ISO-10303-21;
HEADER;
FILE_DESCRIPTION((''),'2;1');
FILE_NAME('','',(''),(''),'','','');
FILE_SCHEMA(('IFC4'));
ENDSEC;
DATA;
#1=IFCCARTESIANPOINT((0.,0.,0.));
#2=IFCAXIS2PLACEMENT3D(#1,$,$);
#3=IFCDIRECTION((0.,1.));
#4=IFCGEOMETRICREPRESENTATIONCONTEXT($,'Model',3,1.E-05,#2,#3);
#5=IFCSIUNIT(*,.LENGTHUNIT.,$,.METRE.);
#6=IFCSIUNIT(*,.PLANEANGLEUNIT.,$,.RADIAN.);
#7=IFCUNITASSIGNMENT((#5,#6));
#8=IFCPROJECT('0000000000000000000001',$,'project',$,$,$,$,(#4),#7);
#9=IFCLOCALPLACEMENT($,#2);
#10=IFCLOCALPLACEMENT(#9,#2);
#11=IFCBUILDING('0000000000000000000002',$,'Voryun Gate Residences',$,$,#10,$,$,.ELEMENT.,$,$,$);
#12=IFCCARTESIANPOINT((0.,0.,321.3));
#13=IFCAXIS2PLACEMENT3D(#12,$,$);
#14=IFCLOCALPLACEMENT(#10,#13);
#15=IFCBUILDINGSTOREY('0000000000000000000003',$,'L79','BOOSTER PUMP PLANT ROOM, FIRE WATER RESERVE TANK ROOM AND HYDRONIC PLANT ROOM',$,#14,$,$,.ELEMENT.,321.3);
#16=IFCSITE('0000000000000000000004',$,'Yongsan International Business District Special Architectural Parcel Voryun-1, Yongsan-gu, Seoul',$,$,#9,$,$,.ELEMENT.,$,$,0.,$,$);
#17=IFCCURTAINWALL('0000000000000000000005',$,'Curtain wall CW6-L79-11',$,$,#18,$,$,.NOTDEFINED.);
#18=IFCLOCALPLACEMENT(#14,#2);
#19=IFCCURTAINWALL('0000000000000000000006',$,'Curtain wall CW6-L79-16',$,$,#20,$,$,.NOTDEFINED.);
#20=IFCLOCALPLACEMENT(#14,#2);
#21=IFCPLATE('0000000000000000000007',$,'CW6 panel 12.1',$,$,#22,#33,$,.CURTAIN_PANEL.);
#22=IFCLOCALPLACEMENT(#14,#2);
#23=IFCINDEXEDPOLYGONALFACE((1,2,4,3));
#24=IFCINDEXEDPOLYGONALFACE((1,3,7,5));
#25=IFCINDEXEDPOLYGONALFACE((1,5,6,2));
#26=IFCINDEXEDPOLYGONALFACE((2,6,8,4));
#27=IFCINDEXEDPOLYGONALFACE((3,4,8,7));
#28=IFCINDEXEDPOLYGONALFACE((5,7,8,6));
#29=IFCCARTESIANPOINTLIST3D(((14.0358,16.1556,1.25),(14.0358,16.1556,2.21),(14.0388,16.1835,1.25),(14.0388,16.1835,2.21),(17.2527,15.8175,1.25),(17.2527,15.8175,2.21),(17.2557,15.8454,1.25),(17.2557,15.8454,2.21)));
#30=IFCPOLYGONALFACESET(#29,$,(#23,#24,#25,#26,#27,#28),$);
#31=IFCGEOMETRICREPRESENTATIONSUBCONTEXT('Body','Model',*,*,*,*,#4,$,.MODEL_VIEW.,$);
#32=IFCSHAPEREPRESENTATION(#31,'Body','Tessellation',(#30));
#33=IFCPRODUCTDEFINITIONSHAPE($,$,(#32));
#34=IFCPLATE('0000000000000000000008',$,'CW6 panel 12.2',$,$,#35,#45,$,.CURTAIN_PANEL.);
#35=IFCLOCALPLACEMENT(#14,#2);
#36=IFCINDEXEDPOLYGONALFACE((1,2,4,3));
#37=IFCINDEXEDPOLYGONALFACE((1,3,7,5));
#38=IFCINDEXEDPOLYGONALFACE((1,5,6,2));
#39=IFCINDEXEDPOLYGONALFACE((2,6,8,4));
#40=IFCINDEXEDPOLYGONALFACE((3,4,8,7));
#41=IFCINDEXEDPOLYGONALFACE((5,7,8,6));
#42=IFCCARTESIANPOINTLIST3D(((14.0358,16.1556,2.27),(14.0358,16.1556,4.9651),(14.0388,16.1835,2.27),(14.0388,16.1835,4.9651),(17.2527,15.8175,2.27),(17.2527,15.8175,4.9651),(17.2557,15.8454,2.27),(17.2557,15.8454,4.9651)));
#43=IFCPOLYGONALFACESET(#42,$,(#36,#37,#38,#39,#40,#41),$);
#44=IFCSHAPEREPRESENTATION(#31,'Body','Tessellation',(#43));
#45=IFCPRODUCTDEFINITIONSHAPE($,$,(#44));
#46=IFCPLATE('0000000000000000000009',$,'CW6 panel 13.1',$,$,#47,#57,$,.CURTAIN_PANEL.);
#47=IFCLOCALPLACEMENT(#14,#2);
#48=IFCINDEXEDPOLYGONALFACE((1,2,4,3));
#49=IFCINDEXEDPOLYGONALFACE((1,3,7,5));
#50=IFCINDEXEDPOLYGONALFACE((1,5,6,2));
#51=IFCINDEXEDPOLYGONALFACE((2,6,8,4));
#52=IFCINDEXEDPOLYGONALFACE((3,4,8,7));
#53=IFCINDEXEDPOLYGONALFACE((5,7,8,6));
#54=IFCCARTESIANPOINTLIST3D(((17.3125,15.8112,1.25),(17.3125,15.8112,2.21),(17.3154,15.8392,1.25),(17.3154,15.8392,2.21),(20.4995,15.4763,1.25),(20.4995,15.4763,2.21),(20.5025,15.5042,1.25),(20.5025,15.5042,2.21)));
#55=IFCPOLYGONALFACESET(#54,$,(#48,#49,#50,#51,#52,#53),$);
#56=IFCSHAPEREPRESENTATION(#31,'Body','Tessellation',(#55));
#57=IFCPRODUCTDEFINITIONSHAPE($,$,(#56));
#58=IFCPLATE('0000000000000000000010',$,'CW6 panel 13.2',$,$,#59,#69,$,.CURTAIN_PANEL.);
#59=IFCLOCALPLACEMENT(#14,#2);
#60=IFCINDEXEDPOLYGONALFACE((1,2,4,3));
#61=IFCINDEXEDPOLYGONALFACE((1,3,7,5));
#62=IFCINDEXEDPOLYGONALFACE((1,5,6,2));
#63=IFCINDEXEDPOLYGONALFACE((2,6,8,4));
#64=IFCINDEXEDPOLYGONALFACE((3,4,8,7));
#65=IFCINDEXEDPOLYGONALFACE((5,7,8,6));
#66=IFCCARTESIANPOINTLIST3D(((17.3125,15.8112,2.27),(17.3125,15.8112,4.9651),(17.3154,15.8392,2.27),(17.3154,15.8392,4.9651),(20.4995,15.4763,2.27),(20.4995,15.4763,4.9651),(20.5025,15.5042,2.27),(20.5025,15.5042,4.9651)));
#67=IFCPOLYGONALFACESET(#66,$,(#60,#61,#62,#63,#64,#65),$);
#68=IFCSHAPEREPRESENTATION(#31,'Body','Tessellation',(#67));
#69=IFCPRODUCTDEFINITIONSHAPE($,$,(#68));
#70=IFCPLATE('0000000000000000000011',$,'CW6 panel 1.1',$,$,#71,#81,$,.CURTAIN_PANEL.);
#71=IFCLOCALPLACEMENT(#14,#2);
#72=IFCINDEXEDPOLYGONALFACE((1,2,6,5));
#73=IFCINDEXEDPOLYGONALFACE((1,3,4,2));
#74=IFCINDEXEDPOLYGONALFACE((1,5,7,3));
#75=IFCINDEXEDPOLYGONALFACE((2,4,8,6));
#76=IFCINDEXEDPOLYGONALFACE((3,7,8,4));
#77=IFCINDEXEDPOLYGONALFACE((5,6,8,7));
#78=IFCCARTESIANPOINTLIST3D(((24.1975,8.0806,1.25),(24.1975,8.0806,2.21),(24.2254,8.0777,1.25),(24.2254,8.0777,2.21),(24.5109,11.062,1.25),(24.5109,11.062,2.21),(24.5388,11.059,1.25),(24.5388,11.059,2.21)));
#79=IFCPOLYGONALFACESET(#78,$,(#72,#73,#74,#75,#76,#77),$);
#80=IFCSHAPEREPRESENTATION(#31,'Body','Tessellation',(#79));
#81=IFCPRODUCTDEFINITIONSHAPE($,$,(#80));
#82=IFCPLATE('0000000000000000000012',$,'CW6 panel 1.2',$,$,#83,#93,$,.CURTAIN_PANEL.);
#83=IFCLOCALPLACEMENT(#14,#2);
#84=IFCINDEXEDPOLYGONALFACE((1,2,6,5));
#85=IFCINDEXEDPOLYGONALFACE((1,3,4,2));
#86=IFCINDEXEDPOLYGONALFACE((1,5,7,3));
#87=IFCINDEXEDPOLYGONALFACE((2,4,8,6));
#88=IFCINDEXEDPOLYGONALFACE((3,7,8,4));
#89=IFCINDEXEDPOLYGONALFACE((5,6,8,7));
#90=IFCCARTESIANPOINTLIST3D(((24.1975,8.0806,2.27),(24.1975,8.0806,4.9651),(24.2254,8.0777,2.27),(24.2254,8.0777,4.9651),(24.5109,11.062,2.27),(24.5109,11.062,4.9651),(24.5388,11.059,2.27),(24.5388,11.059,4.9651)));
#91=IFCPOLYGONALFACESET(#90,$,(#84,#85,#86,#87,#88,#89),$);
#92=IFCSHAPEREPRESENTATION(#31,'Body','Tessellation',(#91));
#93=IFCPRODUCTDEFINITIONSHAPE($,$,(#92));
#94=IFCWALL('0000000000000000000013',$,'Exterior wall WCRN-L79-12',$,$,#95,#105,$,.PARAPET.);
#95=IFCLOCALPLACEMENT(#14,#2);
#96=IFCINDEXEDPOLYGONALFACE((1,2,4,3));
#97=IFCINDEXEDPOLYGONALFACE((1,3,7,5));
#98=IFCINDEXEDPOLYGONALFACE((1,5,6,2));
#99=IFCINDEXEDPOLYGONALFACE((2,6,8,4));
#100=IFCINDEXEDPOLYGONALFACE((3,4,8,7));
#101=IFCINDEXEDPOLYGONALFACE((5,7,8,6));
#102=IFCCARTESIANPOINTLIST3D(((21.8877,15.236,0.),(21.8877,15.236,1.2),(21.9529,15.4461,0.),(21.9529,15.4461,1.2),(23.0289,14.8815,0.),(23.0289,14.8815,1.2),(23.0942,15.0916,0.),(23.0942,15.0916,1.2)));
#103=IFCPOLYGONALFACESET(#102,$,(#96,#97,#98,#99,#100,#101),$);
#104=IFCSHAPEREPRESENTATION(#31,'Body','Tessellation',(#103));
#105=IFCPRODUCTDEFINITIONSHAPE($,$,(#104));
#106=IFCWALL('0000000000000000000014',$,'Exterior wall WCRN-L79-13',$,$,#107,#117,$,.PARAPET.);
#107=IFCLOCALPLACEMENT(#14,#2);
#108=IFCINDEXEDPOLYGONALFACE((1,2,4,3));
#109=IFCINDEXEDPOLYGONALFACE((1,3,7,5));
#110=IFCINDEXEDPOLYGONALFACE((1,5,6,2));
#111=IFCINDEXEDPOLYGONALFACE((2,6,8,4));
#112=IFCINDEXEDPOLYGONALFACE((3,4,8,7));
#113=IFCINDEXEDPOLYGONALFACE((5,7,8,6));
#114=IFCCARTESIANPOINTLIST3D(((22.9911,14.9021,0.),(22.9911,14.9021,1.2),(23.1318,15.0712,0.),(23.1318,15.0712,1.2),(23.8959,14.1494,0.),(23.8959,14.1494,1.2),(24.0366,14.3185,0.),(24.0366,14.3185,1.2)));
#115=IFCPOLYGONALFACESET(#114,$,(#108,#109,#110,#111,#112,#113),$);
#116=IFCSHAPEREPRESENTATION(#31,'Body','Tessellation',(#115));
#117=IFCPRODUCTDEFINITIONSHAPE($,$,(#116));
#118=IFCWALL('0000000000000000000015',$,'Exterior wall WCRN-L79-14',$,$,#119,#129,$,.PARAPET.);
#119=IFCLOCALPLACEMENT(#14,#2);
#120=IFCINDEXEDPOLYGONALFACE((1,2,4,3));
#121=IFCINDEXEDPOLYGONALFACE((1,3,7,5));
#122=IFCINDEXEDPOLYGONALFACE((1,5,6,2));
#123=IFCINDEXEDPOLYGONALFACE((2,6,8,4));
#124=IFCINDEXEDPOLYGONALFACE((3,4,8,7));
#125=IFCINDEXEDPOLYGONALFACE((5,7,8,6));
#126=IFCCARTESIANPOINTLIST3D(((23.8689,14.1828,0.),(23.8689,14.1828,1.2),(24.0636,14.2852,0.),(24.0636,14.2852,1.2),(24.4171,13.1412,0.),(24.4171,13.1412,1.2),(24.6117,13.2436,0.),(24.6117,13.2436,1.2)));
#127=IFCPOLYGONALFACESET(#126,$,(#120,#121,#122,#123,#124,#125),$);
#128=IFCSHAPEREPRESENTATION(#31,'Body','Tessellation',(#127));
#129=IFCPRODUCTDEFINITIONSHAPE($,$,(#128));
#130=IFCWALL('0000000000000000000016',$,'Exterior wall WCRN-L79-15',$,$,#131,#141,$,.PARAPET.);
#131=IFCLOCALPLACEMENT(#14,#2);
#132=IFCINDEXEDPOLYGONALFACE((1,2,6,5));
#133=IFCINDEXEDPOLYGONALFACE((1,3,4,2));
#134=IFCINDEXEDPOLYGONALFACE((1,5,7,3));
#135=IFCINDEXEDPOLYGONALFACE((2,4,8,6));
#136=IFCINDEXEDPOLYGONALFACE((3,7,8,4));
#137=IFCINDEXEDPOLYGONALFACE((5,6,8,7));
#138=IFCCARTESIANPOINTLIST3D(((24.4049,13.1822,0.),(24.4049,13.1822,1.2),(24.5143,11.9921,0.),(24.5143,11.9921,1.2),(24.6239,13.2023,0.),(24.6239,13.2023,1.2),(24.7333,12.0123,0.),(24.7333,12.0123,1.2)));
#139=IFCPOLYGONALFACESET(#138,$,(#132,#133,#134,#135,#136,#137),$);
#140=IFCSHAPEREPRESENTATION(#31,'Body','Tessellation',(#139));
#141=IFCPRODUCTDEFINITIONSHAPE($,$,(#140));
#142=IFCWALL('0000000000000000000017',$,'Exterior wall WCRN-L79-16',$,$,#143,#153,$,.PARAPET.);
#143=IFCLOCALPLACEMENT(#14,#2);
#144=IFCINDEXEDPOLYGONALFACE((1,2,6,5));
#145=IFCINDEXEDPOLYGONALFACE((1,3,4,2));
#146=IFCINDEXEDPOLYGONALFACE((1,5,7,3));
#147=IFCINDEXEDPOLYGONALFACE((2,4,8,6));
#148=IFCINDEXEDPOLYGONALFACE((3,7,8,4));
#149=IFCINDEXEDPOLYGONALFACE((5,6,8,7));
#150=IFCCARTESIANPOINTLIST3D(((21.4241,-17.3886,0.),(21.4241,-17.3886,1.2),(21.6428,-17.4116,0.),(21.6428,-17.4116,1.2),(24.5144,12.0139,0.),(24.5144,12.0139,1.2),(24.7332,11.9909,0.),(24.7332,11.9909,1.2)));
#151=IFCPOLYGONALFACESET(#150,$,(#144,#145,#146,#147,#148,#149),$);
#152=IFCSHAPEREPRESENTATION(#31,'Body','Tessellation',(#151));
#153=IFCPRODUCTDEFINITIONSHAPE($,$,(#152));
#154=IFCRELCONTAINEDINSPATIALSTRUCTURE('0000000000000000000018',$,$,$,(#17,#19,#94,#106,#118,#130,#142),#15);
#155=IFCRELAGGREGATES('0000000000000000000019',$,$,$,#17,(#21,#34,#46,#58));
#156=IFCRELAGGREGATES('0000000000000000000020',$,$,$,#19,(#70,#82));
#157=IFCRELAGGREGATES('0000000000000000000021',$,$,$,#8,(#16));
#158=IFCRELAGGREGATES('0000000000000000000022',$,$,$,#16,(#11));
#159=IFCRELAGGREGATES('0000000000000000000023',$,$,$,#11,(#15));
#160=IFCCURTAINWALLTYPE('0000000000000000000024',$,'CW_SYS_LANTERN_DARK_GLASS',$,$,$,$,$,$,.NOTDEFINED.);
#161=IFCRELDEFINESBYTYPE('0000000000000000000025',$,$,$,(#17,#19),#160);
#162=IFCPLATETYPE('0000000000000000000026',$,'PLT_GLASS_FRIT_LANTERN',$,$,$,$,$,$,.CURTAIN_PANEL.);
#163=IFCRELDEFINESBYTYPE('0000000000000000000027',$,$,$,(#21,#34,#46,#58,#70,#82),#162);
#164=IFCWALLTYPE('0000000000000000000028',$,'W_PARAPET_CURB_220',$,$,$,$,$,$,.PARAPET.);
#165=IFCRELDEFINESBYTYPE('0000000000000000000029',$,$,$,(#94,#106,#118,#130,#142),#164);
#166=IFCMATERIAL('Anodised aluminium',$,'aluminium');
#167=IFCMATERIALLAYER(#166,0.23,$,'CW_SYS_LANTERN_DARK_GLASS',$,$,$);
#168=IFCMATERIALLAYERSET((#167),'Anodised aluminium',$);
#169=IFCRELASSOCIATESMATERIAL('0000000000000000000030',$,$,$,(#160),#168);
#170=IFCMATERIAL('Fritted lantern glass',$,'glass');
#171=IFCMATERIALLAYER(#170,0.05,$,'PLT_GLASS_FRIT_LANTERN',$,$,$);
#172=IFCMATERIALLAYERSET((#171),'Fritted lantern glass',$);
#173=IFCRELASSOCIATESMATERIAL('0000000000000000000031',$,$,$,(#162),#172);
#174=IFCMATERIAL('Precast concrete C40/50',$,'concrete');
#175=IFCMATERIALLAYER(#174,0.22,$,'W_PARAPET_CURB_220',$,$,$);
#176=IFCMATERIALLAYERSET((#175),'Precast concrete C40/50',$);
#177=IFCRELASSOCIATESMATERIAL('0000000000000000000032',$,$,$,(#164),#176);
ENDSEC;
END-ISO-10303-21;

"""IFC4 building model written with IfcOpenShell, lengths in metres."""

from ifc_helpers import new_model, si_unit, direction, frame, frame_2d, origin, origin_2d, place, context, subcontext, project, spatial, rectangle, extrude, material, layer, layer_set, type_object, element, aggregate, save


model = new_model("IFC4")

# Units and contexts
model_context = context("Model", 3, precision=1e-05, world=origin(), true_north=direction((0.0, 1.0)))
body_context = subcontext(model_context, "Body", "Model", "MODEL_VIEW")
ifc_project = project(units=[si_unit("LENGTHUNIT", "METRE"), si_unit("PLANEANGLEUNIT", "RADIAN")], contexts=[model_context])

# Site, building, storey
site_placement = place(None, origin())
site = spatial("IfcSite", under=ifc_project, at=site_placement, Name="Yongsan International Business District Special Architectural Parcel Voryun-1, Yongsan-gu, Seoul", CompositionType="ELEMENT", RefElevation=0.0)
building_placement = place(site_placement, origin())
building = spatial("IfcBuilding", under=site, at=building_placement, Name="Voryun Gate Residences", CompositionType="ELEMENT")
storey_placement = place(building_placement, frame((0.0, 0.0, 321.3)))
storey = spatial("IfcBuildingStorey", under=building, at=storey_placement, Name="L79", Description="BOOSTER PUMP PLANT ROOM, FIRE WATER RESERVE TANK ROOM AND HYDRONIC PLANT ROOM", CompositionType="ELEMENT", Elevation=321.3)

# Curtain walls
ifc_material_1 = material(Name="Anodised aluminium", Category="aluminium")
ifc_layer_1 = layer(ifc_material_1, 0.23, Name="CW_SYS_LANTERN_DARK_GLASS")
ifc_layer_set_1 = layer_set([ifc_layer_1], Name="Anodised aluminium")
curtain_wall_type = type_object("IfcCurtainWallType", Name="CW_SYS_LANTERN_DARK_GLASS", PredefinedType="NOTDEFINED", material=ifc_layer_set_1)
curtain_wall_1_placement = place(storey_placement, origin())
curtain_wall_1 = element("IfcCurtainWall", 1, at=curtain_wall_1_placement, inside=storey, type_object=curtain_wall_type, Name="Curtain wall CW6-L79-11", PredefinedType="NOTDEFINED")
curtain_wall_2_placement = place(storey_placement, origin())
curtain_wall_2 = element("IfcCurtainWall", 2, at=curtain_wall_2_placement, inside=storey, type_object=curtain_wall_type, Name="Curtain wall CW6-L79-16", PredefinedType="NOTDEFINED")

# Plates
ifc_material_2 = material(Name="Fritted lantern glass", Category="glass")
ifc_layer_2 = layer(ifc_material_2, 0.05, Name="PLT_GLASS_FRIT_LANTERN")
ifc_layer_set_2 = layer_set([ifc_layer_2], Name="Fritted lantern glass")
plate_type_1 = type_object("IfcPlateType", Name="PLT_GLASS_FRIT_LANTERN", PredefinedType="CURTAIN_PANEL", material=ifc_layer_set_2)
plate_1_placement = place(storey_placement, frame((15.6458, 16.0005, 1.25), z_axis=(0.0, 0.0, 1.0), x_axis=(0.994522, -0.104528, 0.0)))
plate_1 = element("IfcPlate", 3, at=plate_1_placement, type_object=plate_type_1, Name="CW6 panel 12.1", PredefinedType="CURTAIN_PANEL", context=body_context, shape_type="SweptSolid", body=[
    extrude(rectangle(XDim=3.2346, YDim=0.0281, at=origin_2d()), origin(), (0.0, 0.0, 1.0), 0.96),
])
plate_2_placement = place(storey_placement, frame((15.6458, 16.0005, 2.27), z_axis=(0.0, 0.0, 1.0), x_axis=(0.994522, -0.104528, 0.0)))
plate_2 = element("IfcPlate", 4, at=plate_2_placement, type_object=plate_type_1, Name="CW6 panel 12.2", PredefinedType="CURTAIN_PANEL", context=body_context, shape_type="SweptSolid", body=[
    extrude(rectangle(XDim=3.2346, YDim=0.0281, at=origin_2d()), origin(), (0.0, 0.0, 1.0), 2.6951),
])
plate_3_placement = place(storey_placement, frame((18.9075, 15.6577, 1.25), z_axis=(0.0, 0.0, 1.0), x_axis=(0.994522, -0.104528, 0.0)))
plate_3 = element("IfcPlate", 5, at=plate_3_placement, type_object=plate_type_1, Name="CW6 panel 13.1", PredefinedType="CURTAIN_PANEL", context=body_context, shape_type="SweptSolid", body=[
    extrude(rectangle(XDim=3.2046, YDim=0.0281, at=origin_2d()), origin(), (0.0, 0.0, 1.0), 0.96),
])
plate_4_placement = place(storey_placement, frame((18.9075, 15.6577, 2.27), z_axis=(0.0, 0.0, 1.0), x_axis=(0.994522, -0.104528, 0.0)))
plate_4 = element("IfcPlate", 6, at=plate_4_placement, type_object=plate_type_1, Name="CW6 panel 13.2", PredefinedType="CURTAIN_PANEL", context=body_context, shape_type="SweptSolid", body=[
    extrude(rectangle(XDim=3.2046, YDim=0.0281, at=origin_2d()), origin(), (0.0, 0.0, 1.0), 2.6951),
])
aggregate(curtain_wall_1, [plate_1, plate_2, plate_3, plate_4])
plate_5_placement = place(storey_placement, frame((24.3682, 9.5698, 1.25), z_axis=(0.0, 0.0, 1.0), x_axis=(-0.104528, -0.994522, 0.0)))
plate_5 = element("IfcPlate", 7, at=plate_5_placement, type_object=plate_type_1, Name="CW6 panel 1.1", PredefinedType="CURTAIN_PANEL", context=body_context, shape_type="SweptSolid", body=[
    extrude(rectangle(XDim=2.9978, YDim=0.0281, at=origin_2d()), origin(), (0.0, 0.0, 1.0), 0.96),
])
plate_6_placement = place(storey_placement, frame((24.3682, 9.5698, 2.27), z_axis=(0.0, 0.0, 1.0), x_axis=(-0.104528, -0.994522, 0.0)))
plate_6 = element("IfcPlate", 8, at=plate_6_placement, type_object=plate_type_1, Name="CW6 panel 1.2", PredefinedType="CURTAIN_PANEL", context=body_context, shape_type="SweptSolid", body=[
    extrude(rectangle(XDim=2.9978, YDim=0.0281, at=origin_2d()), origin(), (0.0, 0.0, 1.0), 2.6951),
])
aggregate(curtain_wall_2, [plate_5, plate_6])

# Walls
ifc_material_3 = material(Name="Precast concrete C40/50", Category="concrete")
ifc_layer_3 = layer(ifc_material_3, 0.22, Name="W_PARAPET_CURB_220")
ifc_layer_set_3 = layer_set([ifc_layer_3], Name="Precast concrete C40/50")
wall_type = type_object("IfcWallType", Name="W_PARAPET_CURB_220", PredefinedType="PARAPET", material=ifc_layer_set_3)
wall_1_placement = place(storey_placement, frame((21.9202, 15.3411, 0.0), z_axis=(0.0, 0.0, 1.0), x_axis=(0.954998, -0.296611, 0.0)))
element("IfcWall", 9, at=wall_1_placement, inside=storey, type_object=wall_type, Name="Exterior wall WCRN-L79-12", PredefinedType="PARAPET", context=body_context, shape_type="SweptSolid", body=[
    extrude(rectangle(XDim=1.1951, YDim=0.22, at=frame_2d((0.5977, 0.0))), origin(), (0.0, 0.0, 1.0), 1.2),
])
for number, where, z_axis, x_axis, name in (
    (10, (23.0615, 14.9866, 0.0), (0.0, 0.0, 1.0), (0.768765, -0.639531, 0.0), "Exterior wall WCRN-L79-13"),
    (11, (23.9663, 14.2339, 0.0), (0.0, 0.0, 1.0), (0.465704, -0.884941, 0.0), "Exterior wall WCRN-L79-14"),
):
    element("IfcWall", number, at=place(storey_placement, frame(where, z_axis=z_axis, x_axis=x_axis)), inside=storey, type_object=wall_type, Name=name, PredefinedType="PARAPET", context=body_context, shape_type="SweptSolid", body=[
        extrude(rectangle(XDim=1.177, YDim=0.22, at=frame_2d((0.5884, 0.0))), origin(), (0.0, 0.0, 1.0), 1.2),
    ])
wall_2_placement = place(storey_placement, frame((24.5144, 13.1924, 0.0), z_axis=(0.0, 0.0, 1.0), x_axis=(0.09153, -0.995802, 0.0)))
element("IfcWall", 12, at=wall_2_placement, inside=storey, type_object=wall_type, Name="Exterior wall WCRN-L79-15", PredefinedType="PARAPET", context=body_context, shape_type="SweptSolid", body=[
    extrude(rectangle(XDim=1.1951, YDim=0.22, at=frame_2d((0.5977, 0.0))), origin(), (0.0, 0.0, 1.0), 1.2),
])
wall_3_placement = place(storey_placement, frame((24.6238, 12.0024, 0.0), z_axis=(0.0, 0.0, 1.0), x_axis=(-0.104528, -0.994522, 0.0)))
element("IfcWall", 13, at=wall_3_placement, inside=storey, type_object=wall_type, Name="Exterior wall WCRN-L79-16", PredefinedType="PARAPET", context=body_context, shape_type="SweptSolid", body=[
    extrude(rectangle(XDim=29.5645, YDim=0.22, at=frame_2d((14.7822, 0.0))), origin(), (0.0, 0.0, 1.0), 1.2),
])

save(model, "model.ifc")
